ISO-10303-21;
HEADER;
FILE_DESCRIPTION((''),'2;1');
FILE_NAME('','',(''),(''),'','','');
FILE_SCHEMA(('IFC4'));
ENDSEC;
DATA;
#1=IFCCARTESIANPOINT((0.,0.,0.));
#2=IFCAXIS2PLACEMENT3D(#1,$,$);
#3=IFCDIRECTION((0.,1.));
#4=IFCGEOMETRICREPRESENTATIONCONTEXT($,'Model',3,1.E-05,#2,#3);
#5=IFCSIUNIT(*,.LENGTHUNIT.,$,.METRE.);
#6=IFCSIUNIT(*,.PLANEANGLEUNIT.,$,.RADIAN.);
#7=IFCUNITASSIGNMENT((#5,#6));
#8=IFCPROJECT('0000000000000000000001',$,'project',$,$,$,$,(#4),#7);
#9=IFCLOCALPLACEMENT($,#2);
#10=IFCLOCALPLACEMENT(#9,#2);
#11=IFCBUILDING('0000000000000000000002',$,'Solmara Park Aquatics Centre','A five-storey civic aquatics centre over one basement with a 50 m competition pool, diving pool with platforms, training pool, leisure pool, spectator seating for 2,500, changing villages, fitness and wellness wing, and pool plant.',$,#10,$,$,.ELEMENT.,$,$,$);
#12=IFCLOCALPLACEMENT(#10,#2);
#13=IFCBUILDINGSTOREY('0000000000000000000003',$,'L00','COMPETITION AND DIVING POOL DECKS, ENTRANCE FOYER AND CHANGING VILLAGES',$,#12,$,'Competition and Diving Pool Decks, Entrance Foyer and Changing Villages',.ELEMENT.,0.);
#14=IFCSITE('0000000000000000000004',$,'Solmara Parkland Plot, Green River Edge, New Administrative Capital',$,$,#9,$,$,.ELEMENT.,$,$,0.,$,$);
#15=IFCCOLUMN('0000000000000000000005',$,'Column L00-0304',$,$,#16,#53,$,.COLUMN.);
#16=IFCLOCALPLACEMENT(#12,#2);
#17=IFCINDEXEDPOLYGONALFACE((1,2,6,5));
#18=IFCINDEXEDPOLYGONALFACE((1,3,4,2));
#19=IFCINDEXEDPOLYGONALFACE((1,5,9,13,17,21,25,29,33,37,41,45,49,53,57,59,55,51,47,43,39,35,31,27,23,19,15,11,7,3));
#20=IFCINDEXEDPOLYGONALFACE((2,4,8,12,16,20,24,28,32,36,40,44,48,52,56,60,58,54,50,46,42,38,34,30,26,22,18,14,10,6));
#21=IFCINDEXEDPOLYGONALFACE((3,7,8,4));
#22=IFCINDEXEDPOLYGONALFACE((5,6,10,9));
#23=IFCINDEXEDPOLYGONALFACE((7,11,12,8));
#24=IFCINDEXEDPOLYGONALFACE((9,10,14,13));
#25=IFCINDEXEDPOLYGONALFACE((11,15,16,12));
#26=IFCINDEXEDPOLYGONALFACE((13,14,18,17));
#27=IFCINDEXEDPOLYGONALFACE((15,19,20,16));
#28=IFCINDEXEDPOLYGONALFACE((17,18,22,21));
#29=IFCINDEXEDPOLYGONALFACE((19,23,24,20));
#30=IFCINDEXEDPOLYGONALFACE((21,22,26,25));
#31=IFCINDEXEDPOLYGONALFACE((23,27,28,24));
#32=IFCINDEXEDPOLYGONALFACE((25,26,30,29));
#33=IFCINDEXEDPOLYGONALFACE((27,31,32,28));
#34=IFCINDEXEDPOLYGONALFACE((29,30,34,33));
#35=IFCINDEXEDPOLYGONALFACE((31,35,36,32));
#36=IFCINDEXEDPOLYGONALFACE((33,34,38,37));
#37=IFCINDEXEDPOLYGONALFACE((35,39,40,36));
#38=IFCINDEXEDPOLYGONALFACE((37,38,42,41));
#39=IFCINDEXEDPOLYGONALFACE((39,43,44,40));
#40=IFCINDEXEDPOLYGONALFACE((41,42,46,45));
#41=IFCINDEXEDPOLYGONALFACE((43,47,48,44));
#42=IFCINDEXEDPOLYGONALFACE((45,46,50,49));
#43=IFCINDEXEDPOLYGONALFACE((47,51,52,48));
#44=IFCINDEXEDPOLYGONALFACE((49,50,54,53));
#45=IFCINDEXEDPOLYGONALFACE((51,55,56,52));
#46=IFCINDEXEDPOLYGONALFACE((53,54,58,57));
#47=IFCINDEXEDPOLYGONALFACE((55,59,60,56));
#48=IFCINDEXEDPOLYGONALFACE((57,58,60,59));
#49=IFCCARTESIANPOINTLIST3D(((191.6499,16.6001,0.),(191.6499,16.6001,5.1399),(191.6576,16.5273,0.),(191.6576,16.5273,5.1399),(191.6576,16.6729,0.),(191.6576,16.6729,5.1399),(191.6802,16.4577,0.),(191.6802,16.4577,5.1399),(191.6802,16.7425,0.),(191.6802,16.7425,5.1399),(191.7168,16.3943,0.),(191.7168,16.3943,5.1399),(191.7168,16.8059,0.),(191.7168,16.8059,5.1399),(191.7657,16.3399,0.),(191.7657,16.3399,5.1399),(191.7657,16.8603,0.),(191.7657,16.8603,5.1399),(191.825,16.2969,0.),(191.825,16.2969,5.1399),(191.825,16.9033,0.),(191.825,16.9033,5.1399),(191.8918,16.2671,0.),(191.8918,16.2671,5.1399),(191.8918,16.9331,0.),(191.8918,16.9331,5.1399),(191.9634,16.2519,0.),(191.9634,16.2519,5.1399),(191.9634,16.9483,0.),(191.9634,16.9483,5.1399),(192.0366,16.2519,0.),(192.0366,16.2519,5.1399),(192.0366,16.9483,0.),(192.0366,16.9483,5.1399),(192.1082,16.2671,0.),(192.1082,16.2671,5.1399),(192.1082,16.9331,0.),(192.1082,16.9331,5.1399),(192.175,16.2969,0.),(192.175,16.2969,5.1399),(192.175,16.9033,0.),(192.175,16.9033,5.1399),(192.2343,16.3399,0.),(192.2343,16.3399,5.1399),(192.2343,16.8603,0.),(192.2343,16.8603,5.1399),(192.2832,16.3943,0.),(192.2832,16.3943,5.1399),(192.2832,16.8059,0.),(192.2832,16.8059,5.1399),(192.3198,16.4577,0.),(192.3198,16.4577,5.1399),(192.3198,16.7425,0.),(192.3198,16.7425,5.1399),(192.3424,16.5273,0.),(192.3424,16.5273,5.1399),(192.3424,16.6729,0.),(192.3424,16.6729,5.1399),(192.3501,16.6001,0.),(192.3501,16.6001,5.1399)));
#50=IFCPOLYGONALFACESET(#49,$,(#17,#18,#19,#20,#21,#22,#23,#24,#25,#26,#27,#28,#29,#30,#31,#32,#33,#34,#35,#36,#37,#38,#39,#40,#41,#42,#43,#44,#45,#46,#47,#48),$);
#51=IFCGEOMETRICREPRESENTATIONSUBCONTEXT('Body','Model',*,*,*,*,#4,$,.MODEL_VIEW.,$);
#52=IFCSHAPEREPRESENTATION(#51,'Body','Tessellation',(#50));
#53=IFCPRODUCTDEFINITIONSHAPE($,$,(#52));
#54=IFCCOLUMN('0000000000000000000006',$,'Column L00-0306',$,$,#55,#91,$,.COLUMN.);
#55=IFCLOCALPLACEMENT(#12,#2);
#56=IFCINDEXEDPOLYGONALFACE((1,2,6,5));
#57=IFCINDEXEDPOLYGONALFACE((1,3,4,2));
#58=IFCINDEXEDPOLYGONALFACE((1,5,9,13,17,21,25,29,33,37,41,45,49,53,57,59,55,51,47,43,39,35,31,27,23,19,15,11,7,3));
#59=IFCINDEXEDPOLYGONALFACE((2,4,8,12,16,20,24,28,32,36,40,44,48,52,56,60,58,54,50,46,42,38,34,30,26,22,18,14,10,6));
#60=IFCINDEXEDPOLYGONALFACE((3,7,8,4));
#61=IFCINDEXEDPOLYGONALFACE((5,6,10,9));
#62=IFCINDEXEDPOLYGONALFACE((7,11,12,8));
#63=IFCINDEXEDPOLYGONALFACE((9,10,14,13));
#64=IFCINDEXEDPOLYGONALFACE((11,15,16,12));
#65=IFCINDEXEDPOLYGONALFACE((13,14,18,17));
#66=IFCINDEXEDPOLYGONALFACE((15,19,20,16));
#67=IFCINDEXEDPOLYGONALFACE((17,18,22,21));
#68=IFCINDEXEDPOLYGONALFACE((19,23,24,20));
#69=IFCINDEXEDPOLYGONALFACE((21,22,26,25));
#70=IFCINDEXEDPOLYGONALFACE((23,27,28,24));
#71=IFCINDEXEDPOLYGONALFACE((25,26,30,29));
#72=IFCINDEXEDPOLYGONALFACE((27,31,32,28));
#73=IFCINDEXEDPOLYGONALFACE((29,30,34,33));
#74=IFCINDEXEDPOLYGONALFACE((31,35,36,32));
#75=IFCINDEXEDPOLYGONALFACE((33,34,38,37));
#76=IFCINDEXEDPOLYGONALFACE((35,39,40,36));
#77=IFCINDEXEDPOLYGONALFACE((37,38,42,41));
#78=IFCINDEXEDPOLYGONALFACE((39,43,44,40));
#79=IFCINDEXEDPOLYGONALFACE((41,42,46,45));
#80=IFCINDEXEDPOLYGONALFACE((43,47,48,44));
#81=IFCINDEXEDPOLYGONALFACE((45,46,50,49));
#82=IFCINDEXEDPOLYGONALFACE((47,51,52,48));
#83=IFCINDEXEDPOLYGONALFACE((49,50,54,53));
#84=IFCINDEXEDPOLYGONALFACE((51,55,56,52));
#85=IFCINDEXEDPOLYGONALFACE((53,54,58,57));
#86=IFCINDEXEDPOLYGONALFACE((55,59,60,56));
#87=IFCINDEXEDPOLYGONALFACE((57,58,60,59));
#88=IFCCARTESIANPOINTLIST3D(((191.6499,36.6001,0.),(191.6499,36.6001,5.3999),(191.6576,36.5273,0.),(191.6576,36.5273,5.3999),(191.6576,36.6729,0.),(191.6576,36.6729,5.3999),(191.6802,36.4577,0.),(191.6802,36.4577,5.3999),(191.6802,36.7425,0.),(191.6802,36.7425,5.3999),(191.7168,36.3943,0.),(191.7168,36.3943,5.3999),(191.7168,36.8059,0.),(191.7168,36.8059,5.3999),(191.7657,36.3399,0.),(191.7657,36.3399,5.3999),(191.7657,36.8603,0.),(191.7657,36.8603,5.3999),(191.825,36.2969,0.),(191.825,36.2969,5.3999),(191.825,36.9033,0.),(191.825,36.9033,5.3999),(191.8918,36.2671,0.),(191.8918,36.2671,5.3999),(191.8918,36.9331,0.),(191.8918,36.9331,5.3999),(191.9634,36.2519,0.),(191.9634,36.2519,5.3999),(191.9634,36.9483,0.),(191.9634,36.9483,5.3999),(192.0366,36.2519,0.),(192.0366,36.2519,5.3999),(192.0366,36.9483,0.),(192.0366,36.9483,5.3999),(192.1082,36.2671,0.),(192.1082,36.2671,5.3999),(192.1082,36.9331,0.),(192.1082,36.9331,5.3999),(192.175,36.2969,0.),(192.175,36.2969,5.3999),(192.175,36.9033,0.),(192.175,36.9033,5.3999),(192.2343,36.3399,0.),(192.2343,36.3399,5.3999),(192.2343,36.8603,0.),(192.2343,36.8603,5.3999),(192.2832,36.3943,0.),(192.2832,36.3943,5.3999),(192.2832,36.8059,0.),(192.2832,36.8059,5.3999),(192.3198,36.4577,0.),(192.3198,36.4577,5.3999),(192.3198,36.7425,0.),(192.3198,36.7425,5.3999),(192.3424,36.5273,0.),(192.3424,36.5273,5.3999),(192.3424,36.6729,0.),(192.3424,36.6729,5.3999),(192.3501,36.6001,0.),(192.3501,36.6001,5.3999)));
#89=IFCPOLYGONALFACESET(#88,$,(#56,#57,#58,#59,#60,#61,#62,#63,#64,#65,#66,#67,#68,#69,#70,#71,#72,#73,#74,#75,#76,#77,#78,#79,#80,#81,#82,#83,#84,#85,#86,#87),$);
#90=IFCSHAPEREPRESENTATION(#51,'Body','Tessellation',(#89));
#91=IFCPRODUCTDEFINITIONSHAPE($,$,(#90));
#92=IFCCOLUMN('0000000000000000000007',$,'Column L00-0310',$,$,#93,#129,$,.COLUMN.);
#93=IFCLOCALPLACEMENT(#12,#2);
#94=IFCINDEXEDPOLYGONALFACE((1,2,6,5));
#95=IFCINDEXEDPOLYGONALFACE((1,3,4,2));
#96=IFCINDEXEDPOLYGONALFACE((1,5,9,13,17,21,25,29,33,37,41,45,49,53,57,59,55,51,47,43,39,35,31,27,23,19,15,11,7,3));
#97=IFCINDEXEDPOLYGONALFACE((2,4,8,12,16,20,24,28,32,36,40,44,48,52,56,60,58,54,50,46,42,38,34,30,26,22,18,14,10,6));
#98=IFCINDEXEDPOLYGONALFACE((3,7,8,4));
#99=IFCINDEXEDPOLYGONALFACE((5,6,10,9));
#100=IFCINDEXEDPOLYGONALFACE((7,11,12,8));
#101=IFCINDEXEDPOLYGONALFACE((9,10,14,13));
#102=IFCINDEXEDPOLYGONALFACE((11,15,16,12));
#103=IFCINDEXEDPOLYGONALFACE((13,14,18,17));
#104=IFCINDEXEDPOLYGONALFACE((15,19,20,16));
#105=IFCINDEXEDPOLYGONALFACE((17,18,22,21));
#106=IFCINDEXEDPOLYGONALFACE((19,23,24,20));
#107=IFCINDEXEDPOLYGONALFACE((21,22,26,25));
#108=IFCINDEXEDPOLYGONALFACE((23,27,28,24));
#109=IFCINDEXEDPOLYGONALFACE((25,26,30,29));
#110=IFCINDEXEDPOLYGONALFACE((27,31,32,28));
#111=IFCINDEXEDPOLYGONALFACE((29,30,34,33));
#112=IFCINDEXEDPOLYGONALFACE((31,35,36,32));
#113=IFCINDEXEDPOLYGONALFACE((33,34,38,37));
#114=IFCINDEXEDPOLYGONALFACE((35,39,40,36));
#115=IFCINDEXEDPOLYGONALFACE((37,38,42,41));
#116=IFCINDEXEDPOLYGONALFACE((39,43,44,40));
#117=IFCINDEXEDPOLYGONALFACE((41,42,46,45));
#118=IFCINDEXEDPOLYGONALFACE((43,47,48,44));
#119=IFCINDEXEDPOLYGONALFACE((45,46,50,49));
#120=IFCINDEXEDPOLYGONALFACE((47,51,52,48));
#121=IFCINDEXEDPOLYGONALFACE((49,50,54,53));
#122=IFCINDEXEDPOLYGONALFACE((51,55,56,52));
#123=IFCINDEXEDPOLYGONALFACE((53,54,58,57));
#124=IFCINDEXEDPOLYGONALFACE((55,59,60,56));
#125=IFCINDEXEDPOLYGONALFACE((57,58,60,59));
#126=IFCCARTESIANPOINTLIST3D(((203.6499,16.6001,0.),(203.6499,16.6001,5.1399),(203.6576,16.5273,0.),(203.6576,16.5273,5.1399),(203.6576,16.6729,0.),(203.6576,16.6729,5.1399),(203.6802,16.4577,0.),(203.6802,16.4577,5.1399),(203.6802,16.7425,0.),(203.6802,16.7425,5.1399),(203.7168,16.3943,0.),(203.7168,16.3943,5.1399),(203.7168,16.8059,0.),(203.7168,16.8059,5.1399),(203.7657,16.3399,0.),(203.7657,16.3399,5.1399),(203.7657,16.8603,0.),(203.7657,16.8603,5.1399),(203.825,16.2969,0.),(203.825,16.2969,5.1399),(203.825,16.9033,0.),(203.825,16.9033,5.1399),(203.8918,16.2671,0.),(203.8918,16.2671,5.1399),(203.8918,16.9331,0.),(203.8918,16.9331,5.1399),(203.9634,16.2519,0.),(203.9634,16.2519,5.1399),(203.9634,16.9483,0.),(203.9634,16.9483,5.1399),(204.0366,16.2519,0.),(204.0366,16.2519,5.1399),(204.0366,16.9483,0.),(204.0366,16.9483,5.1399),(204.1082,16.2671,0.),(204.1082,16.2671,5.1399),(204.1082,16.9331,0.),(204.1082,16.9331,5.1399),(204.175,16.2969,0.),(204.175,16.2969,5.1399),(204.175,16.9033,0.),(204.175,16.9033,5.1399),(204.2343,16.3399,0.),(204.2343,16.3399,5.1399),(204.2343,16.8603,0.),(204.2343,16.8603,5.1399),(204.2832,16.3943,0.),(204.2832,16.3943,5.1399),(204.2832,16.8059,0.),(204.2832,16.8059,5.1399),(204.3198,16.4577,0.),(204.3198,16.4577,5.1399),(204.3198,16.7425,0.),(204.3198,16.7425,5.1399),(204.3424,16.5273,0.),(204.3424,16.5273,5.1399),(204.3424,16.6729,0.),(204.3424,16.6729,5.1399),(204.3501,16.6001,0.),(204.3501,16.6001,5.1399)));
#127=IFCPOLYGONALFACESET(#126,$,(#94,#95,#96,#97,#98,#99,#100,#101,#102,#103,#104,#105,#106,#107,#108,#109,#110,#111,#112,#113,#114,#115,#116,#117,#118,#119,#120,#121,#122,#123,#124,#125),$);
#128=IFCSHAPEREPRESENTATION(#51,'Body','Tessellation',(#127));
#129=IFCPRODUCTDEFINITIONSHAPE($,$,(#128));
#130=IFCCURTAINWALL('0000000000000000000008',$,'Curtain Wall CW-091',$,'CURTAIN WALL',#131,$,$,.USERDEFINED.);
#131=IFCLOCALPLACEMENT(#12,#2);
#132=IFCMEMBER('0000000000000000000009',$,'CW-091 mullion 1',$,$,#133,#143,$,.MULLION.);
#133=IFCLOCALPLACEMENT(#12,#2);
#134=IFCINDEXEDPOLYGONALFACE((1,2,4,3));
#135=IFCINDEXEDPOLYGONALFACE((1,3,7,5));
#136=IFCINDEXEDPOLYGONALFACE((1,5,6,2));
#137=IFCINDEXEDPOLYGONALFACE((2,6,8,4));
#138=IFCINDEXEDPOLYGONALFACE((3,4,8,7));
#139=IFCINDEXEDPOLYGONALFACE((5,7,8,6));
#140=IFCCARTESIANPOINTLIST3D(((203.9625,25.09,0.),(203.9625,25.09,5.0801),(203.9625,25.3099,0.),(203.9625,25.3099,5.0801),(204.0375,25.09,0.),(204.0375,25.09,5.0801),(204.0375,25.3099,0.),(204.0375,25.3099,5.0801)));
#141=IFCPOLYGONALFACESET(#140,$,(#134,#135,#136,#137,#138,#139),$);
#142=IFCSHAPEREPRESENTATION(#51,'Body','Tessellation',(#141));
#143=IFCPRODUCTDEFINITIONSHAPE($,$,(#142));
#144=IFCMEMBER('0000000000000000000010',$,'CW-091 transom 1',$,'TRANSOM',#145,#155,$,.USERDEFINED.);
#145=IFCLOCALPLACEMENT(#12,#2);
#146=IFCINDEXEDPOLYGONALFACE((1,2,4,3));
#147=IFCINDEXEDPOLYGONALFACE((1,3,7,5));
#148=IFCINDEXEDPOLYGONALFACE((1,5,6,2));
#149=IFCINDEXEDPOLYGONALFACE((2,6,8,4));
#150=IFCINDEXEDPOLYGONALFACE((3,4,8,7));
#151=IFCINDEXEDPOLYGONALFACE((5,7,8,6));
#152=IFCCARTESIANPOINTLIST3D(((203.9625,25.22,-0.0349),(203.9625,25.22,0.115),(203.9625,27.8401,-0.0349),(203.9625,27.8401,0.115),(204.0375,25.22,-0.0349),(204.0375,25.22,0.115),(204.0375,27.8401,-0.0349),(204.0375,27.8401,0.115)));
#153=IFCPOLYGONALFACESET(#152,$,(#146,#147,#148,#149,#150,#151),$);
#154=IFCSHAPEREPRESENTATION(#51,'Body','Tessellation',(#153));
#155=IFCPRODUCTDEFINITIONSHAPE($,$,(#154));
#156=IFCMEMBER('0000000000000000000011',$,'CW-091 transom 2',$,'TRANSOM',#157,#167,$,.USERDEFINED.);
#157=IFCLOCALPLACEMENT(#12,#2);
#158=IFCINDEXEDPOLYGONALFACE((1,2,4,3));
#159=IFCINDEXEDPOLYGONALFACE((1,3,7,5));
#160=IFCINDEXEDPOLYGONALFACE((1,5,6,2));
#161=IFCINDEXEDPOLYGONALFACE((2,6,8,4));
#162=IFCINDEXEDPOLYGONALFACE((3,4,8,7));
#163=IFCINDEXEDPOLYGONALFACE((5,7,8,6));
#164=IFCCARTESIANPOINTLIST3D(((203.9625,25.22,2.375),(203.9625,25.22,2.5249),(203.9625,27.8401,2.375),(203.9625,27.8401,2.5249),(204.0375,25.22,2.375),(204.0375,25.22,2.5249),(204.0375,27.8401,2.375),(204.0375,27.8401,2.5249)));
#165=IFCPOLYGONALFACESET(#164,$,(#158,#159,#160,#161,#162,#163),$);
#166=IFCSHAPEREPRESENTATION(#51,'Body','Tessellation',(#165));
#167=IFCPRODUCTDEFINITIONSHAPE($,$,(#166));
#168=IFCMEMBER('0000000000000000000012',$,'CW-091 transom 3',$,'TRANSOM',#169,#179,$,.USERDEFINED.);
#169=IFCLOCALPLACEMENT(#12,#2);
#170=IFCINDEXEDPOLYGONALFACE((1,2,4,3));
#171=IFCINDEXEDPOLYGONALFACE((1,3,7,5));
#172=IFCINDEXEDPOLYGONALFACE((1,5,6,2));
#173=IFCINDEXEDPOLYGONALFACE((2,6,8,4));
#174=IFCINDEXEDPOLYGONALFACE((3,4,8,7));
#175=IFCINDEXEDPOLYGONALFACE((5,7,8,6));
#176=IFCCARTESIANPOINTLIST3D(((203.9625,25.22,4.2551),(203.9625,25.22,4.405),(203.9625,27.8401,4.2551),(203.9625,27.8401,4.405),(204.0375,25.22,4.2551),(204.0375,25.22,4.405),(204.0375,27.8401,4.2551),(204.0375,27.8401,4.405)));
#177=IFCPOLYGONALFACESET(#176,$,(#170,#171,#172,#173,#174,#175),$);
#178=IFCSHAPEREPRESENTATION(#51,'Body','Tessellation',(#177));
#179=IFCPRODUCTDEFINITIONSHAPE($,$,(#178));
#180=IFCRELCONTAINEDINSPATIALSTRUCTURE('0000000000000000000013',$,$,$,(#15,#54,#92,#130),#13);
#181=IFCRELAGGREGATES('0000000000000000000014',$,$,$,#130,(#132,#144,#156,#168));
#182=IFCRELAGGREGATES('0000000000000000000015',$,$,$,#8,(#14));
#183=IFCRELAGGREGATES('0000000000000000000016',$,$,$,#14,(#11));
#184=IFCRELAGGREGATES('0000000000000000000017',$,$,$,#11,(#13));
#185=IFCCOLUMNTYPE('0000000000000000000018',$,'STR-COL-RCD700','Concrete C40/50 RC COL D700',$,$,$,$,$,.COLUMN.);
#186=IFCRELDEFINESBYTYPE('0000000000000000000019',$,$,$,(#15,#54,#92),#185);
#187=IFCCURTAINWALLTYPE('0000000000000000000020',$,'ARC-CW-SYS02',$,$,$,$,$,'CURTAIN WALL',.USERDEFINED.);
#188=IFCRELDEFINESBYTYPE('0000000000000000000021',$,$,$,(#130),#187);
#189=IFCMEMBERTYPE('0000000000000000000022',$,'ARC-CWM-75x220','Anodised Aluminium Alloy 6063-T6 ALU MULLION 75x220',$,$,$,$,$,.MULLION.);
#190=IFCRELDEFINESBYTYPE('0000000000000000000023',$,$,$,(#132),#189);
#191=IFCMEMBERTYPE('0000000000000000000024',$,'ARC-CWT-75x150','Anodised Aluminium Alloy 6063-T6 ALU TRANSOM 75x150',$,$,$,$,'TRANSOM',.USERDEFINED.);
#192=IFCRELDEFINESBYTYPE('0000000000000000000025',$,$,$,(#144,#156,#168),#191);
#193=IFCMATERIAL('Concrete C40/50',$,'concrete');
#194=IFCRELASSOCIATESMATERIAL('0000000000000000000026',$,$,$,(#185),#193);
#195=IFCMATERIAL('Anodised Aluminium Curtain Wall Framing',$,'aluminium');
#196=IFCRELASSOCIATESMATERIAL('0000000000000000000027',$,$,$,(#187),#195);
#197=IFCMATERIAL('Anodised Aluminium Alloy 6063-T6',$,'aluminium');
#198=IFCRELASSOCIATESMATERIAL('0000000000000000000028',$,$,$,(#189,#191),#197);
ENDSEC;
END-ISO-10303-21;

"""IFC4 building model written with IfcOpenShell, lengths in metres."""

from ifc_helpers import new_model, si_unit, direction, frame, origin, origin_2d, place, context, subcontext, project, spatial, rectangle, circle, extrude, material, material_profile, profile_set, type_object, element, aggregate, save


model = new_model("IFC4")

# Units and contexts
model_context = context("Model", 3, precision=1e-05, world=origin(), true_north=direction((0.0, 1.0)))
body_context = subcontext(model_context, "Body", "Model", "MODEL_VIEW")
ifc_project = project(units=[si_unit("LENGTHUNIT", "METRE"), si_unit("PLANEANGLEUNIT", "RADIAN")], contexts=[model_context])

# Site, building, storey
site_placement = place(None, origin())
site = spatial("IfcSite", under=ifc_project, at=site_placement, Name="Solmara Parkland Plot, Green River Edge, New Administrative Capital", CompositionType="ELEMENT", RefElevation=0.0)
building_placement = place(site_placement, origin())
building = spatial("IfcBuilding", under=site, at=building_placement, Name="Solmara Park Aquatics Centre", Description="A five-storey civic aquatics centre over one basement with a 50 m competition pool, diving pool with platforms, training pool, leisure pool, spectator seating for 2,500, changing villages, fitness and wellness wing, and pool plant.", CompositionType="ELEMENT")
storey_placement = place(building_placement, origin())
storey = spatial("IfcBuildingStorey", under=building, at=storey_placement, Name="L00", Description="COMPETITION AND DIVING POOL DECKS, ENTRANCE FOYER AND CHANGING VILLAGES", LongName="Competition and Diving Pool Decks, Entrance Foyer and Changing Villages", CompositionType="ELEMENT", Elevation=0.0)

# Columns
ifc_material_1 = material(Name="Concrete C40/50", Category="concrete")
ifc_material_profile_1 = material_profile(ifc_material_1, circle(Radius=0.3501, at=origin_2d()), Name="RC COL D700")
ifc_profile_set_1 = profile_set([ifc_material_profile_1], Name="Concrete C40/50")
column_type_1 = type_object("IfcColumnType", Name="STR-COL-RCD700", Description="Concrete C40/50 RC COL D700", PredefinedType="COLUMN", material=ifc_profile_set_1)
column_1_placement = place(storey_placement, frame((192.0, 16.6001, 0.0), z_axis=(0.0, 0.0, 1.0), x_axis=(1.0, 0.0, 0.0)))
element("IfcColumn", 1, at=column_1_placement, inside=storey, type_object=column_type_1, Name="Column L00-0304", PredefinedType="COLUMN", context=body_context, shape_type="SweptSolid", body=[
    extrude(circle(Radius=0.3501, at=origin_2d()), origin(), (0.0, 0.0, 1.0), 5.1399),
])
column_2_placement = place(storey_placement, frame((192.0, 36.6001, 0.0), z_axis=(0.0, 0.0, 1.0), x_axis=(1.0, 0.0, 0.0)))
element("IfcColumn", 2, at=column_2_placement, inside=storey, type_object=column_type_1, Name="Column L00-0306", PredefinedType="COLUMN", context=body_context, shape_type="SweptSolid", body=[
    extrude(circle(Radius=0.3501, at=origin_2d()), origin(), (0.0, 0.0, 1.0), 5.3999),
])
column_3_placement = place(storey_placement, frame((204.0, 16.6001, 0.0), z_axis=(0.0, 0.0, 1.0), x_axis=(1.0, 0.0, 0.0)))
element("IfcColumn", 3, at=column_3_placement, inside=storey, type_object=column_type_1, Name="Column L00-0310", PredefinedType="COLUMN", context=body_context, shape_type="SweptSolid", body=[
    extrude(circle(Radius=0.3501, at=origin_2d()), origin(), (0.0, 0.0, 1.0), 5.1399),
])

# Curtain wall, members
ifc_material_2 = material(Name="Anodised Aluminium Curtain Wall Framing", Category="aluminium")
curtain_wall_type = type_object("IfcCurtainWallType", Name="ARC-CW-SYS02", ElementType="CURTAIN WALL", PredefinedType="USERDEFINED", material=ifc_material_2)
curtain_wall_placement = place(storey_placement, origin())
curtain_wall = element("IfcCurtainWall", 4, at=curtain_wall_placement, inside=storey, type_object=curtain_wall_type, Name="Curtain Wall CW-091", ObjectType="CURTAIN WALL", PredefinedType="USERDEFINED")
ifc_material_3 = material(Name="Anodised Aluminium Alloy 6063-T6", Category="aluminium")
ifc_material_profile_2 = material_profile(ifc_material_3, rectangle(XDim=0.075, YDim=0.22, at=origin_2d()), Name="ALU MULLION 75x220")
ifc_profile_set_2 = profile_set([ifc_material_profile_2], Name="Anodised Aluminium Alloy 6063-T6")
member_type_1 = type_object("IfcMemberType", Name="ARC-CWM-75x220", Description="Anodised Aluminium Alloy 6063-T6 ALU MULLION 75x220", PredefinedType="MULLION", material=ifc_profile_set_2)
member_1_placement = place(storey_placement, frame((204.0, 25.2, 0.0), z_axis=(0.0, 0.0, 1.0), x_axis=(1.0, 0.0, 0.0)))
member_1 = element("IfcMember", 5, at=member_1_placement, type_object=member_type_1, Name="CW-091 mullion 1", PredefinedType="MULLION", context=body_context, shape_type="SweptSolid", body=[
    extrude(rectangle(XDim=0.075, YDim=0.22, at=origin_2d()), origin(), (0.0, 0.0, 1.0), 5.0801),
])
ifc_material_profile_3 = material_profile(ifc_material_3, rectangle(XDim=0.075, YDim=0.1499, at=origin_2d()), Name="ALU TRANSOM 75x150")
ifc_profile_set_3 = profile_set([ifc_material_profile_3], Name="Anodised Aluminium Alloy 6063-T6")
member_type_2 = type_object("IfcMemberType", Name="ARC-CWT-75x150", Description="Anodised Aluminium Alloy 6063-T6 ALU TRANSOM 75x150", ElementType="TRANSOM", PredefinedType="USERDEFINED", material=ifc_profile_set_3)
member_2_placement = place(storey_placement, frame((204.0, 25.22, 0.04), z_axis=(0.0, 1.0, 0.0), x_axis=(-1.0, 0.0, 0.0)))
member_2 = element("IfcMember", 6, at=member_2_placement, type_object=member_type_2, Name="CW-091 transom 1", ObjectType="TRANSOM", PredefinedType="USERDEFINED", context=body_context, shape_type="SweptSolid", body=[
    extrude(rectangle(XDim=0.075, YDim=0.1499, at=origin_2d()), origin(), (0.0, 0.0, 1.0), 2.6201),
])
member_3_placement = place(storey_placement, frame((204.0, 25.22, 2.45), z_axis=(0.0, 1.0, 0.0), x_axis=(-1.0, 0.0, 0.0)))
member_3 = element("IfcMember", 7, at=member_3_placement, type_object=member_type_2, Name="CW-091 transom 2", ObjectType="TRANSOM", PredefinedType="USERDEFINED", context=body_context, shape_type="SweptSolid", body=[
    extrude(rectangle(XDim=0.075, YDim=0.1499, at=origin_2d()), origin(), (0.0, 0.0, 1.0), 2.6201),
])
member_4_placement = place(storey_placement, frame((204.0, 25.22, 4.3301), z_axis=(0.0, 1.0, 0.0), x_axis=(-1.0, 0.0, 0.0)))
member_4 = element("IfcMember", 8, at=member_4_placement, type_object=member_type_2, Name="CW-091 transom 3", ObjectType="TRANSOM", PredefinedType="USERDEFINED", context=body_context, shape_type="SweptSolid", body=[
    extrude(rectangle(XDim=0.075, YDim=0.1499, at=origin_2d()), origin(), (0.0, 0.0, 1.0), 2.6201),
])
aggregate(curtain_wall, [member_1, member_2, member_3, member_4])

save(model, "model.ifc")
